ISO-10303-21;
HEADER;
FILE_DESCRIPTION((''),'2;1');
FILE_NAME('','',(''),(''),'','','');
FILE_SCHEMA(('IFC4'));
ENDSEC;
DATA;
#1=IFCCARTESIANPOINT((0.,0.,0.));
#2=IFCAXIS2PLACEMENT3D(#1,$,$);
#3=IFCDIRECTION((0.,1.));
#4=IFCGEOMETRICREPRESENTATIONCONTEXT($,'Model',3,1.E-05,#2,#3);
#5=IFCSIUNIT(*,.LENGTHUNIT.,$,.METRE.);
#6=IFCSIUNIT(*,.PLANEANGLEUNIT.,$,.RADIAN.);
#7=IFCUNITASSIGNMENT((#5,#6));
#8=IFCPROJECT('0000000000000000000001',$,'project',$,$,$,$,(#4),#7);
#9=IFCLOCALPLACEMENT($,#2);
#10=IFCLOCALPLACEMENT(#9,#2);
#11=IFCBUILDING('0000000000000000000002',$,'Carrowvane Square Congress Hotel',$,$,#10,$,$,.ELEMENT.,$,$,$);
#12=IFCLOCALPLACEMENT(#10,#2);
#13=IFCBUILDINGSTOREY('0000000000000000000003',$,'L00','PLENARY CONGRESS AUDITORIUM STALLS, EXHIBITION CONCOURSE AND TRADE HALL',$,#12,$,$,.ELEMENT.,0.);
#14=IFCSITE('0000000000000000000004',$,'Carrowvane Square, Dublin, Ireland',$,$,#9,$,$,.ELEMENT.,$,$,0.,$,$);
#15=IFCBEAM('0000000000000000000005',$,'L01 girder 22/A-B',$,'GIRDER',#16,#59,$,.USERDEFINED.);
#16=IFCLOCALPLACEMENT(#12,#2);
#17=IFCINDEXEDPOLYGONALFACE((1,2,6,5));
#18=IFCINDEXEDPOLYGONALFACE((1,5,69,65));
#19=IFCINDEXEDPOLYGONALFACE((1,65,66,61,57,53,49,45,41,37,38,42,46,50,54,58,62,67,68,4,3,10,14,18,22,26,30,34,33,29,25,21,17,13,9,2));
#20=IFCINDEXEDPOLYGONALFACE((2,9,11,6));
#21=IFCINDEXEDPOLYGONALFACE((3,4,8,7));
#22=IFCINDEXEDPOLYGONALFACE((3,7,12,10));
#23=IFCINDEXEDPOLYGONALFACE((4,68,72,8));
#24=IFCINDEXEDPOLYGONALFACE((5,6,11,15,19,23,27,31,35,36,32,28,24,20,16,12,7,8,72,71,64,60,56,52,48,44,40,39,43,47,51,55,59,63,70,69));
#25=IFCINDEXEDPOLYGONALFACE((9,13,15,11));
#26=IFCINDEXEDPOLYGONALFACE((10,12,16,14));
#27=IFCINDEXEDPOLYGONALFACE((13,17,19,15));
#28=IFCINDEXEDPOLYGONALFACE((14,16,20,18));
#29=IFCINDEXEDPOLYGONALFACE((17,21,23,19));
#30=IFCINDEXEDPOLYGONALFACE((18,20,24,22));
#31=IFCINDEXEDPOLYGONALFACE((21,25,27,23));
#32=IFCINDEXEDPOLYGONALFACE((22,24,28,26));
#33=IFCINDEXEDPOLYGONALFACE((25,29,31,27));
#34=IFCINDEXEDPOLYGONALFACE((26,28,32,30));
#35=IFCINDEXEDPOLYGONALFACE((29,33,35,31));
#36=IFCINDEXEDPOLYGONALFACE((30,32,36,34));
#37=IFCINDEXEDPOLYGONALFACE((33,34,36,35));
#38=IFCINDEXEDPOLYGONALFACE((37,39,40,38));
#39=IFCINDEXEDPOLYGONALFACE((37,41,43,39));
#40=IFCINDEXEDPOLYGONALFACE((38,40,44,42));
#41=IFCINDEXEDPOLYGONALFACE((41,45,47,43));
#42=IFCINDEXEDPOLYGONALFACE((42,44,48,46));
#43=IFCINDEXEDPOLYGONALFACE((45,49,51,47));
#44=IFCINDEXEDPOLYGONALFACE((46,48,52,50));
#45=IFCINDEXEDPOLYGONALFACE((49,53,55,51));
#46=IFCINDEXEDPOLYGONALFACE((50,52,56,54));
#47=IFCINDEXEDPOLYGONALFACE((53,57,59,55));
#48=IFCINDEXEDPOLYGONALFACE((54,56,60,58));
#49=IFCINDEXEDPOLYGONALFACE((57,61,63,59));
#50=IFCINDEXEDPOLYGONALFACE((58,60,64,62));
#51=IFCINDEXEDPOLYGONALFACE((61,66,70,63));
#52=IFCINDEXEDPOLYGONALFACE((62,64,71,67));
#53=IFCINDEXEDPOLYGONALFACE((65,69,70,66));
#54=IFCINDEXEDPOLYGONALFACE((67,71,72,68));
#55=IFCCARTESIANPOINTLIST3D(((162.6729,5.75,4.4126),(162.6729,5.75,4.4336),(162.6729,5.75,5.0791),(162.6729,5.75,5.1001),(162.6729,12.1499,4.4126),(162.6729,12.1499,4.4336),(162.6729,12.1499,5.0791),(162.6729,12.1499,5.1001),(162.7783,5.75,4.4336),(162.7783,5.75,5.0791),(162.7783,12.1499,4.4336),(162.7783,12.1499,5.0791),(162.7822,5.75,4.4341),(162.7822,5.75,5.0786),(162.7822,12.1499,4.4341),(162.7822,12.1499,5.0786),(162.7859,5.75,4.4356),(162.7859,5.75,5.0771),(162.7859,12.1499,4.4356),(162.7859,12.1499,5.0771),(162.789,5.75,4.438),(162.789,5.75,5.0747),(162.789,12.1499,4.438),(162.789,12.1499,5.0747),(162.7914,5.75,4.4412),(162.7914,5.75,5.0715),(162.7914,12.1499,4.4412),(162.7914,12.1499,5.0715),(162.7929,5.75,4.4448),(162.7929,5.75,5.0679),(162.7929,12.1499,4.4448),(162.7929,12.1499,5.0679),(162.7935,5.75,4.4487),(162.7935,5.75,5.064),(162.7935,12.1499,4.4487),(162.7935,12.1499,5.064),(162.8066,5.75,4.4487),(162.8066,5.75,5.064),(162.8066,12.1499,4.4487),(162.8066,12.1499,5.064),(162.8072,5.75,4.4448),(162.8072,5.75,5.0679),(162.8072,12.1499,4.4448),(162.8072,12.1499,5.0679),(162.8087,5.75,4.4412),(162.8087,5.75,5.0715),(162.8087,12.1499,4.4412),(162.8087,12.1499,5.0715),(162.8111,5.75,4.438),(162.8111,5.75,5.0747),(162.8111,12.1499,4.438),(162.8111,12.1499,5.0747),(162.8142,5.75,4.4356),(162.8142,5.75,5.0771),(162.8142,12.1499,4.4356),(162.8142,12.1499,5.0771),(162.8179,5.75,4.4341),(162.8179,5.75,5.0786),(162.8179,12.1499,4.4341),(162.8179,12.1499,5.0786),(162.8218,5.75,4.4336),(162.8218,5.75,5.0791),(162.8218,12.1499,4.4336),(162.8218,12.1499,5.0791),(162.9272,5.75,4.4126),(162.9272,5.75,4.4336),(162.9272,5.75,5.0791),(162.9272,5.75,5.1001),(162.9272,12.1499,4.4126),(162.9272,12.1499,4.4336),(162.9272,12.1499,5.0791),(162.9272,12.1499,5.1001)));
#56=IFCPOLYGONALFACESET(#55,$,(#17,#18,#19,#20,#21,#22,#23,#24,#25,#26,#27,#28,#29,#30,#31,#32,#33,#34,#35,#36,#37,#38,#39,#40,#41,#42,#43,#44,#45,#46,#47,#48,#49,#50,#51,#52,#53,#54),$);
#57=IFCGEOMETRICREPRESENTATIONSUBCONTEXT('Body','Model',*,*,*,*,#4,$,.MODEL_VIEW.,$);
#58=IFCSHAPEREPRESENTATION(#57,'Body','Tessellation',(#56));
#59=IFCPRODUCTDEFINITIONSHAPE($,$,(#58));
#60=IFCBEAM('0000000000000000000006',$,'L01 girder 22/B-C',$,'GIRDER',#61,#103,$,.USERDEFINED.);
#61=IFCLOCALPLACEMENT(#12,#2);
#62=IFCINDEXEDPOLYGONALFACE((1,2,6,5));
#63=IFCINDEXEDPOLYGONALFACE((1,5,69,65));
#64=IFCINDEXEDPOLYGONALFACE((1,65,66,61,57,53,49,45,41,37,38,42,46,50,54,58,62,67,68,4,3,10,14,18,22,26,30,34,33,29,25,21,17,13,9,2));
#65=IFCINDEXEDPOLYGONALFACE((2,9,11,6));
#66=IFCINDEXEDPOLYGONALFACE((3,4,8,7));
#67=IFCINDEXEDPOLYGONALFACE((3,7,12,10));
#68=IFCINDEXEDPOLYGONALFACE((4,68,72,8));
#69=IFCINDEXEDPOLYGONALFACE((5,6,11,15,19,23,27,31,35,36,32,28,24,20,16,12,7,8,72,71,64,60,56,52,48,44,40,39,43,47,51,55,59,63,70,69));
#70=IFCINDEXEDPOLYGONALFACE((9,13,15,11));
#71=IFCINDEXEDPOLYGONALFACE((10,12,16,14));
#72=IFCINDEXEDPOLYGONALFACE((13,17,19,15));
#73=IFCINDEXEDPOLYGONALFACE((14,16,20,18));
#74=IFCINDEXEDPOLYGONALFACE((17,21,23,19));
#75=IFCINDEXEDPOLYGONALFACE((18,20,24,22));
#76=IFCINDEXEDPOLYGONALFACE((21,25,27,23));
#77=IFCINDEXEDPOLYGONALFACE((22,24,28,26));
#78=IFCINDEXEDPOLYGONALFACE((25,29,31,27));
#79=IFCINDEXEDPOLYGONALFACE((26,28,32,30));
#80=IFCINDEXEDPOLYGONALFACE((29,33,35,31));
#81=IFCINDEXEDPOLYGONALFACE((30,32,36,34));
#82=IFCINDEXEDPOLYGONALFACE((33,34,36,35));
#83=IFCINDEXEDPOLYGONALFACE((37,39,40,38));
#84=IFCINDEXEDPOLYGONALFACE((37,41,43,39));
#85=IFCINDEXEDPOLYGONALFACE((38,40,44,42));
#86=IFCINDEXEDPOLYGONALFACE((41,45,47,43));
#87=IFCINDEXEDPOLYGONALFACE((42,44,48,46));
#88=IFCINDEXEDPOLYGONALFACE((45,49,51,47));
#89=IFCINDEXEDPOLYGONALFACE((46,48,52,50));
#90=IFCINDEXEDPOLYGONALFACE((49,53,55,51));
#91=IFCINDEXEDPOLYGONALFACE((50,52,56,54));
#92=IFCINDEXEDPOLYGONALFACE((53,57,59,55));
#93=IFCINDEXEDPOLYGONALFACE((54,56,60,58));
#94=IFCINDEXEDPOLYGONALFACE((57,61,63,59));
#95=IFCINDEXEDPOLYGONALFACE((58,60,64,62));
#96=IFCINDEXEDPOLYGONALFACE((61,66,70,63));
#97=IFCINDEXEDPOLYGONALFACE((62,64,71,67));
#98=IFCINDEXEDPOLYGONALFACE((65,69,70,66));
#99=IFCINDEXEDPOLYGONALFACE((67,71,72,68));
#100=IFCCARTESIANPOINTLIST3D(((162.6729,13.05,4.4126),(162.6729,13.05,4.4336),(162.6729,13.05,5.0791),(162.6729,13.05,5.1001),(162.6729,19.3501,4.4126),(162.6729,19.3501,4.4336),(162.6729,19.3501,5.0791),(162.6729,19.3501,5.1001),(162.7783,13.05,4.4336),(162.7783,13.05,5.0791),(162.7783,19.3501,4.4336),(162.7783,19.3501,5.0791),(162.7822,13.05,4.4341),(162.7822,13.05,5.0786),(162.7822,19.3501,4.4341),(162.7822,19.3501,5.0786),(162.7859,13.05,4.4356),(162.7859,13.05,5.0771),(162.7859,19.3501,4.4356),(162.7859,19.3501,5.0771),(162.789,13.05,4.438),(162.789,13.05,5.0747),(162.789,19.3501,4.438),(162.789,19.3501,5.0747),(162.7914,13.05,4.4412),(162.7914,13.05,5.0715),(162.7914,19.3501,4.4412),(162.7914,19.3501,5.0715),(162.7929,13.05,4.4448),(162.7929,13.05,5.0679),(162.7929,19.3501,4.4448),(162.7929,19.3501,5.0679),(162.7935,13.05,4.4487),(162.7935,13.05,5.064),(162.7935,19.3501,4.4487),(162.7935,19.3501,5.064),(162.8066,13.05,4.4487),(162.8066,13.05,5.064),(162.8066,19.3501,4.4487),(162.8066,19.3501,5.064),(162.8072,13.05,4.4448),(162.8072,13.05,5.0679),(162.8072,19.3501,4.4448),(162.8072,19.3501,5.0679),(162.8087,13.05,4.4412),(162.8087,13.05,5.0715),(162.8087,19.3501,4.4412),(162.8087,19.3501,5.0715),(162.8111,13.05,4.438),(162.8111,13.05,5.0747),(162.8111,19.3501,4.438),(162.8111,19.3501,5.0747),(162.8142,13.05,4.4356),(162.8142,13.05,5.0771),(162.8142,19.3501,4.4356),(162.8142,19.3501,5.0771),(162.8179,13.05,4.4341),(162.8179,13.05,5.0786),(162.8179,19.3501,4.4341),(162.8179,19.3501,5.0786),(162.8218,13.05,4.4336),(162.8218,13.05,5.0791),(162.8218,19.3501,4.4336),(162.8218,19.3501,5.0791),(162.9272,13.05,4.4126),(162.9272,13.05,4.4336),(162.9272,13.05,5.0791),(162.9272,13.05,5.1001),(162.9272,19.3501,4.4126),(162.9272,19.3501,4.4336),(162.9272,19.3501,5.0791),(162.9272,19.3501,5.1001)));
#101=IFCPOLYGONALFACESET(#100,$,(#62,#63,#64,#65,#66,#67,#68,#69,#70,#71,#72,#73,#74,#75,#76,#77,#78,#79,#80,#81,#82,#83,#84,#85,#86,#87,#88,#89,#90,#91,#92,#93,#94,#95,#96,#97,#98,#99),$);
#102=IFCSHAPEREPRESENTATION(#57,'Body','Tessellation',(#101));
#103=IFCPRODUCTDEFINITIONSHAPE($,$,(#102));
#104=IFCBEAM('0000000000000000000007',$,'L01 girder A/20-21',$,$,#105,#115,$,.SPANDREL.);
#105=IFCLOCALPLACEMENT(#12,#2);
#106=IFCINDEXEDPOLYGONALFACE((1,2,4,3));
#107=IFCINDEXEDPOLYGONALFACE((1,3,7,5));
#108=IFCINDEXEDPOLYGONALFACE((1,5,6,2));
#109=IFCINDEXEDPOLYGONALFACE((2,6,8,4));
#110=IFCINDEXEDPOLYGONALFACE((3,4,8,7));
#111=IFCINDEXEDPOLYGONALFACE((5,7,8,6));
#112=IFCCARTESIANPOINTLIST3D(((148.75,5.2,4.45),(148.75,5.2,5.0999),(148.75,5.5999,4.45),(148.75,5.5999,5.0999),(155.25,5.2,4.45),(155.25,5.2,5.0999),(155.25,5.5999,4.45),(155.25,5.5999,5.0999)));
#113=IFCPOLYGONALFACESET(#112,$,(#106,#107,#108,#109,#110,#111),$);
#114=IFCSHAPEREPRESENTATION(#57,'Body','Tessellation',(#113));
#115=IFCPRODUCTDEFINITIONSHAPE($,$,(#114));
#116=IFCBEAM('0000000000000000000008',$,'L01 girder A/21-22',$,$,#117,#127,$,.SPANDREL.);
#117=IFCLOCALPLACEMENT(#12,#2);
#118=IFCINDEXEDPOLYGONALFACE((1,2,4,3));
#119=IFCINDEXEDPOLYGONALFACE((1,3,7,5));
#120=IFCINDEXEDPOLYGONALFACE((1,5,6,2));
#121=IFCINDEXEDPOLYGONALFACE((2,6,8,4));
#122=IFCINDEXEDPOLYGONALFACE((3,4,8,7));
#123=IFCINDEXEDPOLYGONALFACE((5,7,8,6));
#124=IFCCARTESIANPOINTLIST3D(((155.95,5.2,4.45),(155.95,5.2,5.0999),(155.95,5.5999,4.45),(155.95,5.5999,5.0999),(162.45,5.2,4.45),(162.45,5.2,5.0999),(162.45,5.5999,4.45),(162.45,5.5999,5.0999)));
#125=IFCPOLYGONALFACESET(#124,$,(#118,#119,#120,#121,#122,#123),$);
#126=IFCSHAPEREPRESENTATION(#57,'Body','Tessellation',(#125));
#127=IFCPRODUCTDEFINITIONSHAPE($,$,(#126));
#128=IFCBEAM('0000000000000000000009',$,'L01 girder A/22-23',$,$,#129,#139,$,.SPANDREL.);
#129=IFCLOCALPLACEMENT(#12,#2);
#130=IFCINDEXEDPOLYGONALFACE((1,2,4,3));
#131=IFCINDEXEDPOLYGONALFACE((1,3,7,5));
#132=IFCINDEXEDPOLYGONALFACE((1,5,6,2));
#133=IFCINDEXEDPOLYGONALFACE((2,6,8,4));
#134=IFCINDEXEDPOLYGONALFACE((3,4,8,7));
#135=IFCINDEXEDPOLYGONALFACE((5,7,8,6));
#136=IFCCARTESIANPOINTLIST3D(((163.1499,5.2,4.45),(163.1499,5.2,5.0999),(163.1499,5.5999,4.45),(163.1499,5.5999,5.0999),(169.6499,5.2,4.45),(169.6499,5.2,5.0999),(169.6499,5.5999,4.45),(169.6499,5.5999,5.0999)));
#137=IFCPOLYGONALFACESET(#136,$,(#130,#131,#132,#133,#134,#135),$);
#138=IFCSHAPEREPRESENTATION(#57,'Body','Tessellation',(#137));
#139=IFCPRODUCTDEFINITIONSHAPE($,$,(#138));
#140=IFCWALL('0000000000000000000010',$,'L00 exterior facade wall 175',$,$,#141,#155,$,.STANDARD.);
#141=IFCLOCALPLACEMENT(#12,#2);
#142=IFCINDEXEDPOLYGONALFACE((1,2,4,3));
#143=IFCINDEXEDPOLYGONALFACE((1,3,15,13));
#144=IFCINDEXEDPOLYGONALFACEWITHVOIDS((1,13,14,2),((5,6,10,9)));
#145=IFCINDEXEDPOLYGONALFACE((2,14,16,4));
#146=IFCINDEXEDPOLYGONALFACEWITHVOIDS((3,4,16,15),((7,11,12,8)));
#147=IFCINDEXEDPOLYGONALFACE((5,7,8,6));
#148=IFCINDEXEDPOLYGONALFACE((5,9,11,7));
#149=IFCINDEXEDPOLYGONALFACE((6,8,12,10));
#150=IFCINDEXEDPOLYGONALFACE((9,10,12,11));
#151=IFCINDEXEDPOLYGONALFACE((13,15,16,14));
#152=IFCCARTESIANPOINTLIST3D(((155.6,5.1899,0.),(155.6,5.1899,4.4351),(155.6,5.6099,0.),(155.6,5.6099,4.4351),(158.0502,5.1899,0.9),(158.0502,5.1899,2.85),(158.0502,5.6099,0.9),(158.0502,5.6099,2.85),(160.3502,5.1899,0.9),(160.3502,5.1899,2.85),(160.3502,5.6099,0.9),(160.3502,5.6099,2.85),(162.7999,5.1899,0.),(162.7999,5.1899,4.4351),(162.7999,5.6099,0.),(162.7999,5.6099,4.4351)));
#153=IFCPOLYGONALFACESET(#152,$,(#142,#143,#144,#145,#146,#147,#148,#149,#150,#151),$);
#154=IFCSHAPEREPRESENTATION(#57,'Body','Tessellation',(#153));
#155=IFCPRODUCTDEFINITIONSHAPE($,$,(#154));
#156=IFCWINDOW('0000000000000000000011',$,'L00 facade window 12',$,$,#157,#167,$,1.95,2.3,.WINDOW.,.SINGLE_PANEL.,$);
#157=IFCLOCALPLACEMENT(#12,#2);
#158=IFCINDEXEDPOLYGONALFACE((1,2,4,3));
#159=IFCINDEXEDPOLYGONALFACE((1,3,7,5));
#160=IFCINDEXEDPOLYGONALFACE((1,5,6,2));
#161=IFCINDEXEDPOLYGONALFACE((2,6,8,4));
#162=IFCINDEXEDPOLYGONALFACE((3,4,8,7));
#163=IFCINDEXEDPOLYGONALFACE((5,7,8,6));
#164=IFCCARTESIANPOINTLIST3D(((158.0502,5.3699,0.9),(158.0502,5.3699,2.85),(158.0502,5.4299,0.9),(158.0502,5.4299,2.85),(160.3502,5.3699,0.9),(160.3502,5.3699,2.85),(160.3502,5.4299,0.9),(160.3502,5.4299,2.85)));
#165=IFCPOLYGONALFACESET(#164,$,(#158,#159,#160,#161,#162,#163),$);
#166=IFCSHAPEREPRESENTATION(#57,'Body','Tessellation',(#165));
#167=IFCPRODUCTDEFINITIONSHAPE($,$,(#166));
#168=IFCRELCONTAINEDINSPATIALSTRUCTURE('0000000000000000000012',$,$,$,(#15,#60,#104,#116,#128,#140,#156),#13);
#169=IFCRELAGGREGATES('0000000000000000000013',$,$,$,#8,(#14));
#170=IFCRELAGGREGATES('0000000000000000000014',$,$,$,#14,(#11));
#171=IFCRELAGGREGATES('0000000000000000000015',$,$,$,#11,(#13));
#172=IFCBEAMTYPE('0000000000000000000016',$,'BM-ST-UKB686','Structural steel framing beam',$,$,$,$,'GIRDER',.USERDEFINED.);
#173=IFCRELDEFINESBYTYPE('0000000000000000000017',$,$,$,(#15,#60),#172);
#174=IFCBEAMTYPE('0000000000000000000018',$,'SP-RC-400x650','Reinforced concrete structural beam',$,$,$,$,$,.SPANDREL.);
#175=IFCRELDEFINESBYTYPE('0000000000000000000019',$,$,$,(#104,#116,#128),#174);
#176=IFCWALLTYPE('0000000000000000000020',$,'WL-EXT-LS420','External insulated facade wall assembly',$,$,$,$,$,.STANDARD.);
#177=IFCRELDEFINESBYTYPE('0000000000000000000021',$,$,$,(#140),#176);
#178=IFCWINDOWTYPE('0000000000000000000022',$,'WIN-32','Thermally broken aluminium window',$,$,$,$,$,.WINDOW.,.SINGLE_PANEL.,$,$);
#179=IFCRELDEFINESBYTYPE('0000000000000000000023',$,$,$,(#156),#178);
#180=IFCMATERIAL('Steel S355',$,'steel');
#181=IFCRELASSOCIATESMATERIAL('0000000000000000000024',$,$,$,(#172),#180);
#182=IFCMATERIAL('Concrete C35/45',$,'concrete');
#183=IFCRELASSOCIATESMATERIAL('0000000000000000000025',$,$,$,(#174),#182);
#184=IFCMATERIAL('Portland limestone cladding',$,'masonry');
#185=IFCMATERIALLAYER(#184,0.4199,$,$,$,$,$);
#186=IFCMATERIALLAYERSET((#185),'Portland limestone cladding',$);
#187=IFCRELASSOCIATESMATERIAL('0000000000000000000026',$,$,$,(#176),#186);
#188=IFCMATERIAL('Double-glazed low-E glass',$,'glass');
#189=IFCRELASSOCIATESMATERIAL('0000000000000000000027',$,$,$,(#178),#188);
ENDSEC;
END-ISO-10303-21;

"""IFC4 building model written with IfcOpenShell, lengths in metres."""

from ifc_helpers import new_model, si_unit, direction, frame, frame_2d, origin, origin_2d, place, context, subcontext, project, spatial, rectangle, i_section, extrude, material, layer, layer_set, material_profile, profile_set, type_object, element, fill, save


model = new_model("IFC4")

# Units and contexts
model_context = context("Model", 3, precision=1e-05, world=origin(), true_north=direction((0.0, 1.0)))
body_context = subcontext(model_context, "Body", "Model", "MODEL_VIEW")
ifc_project = project(units=[si_unit("LENGTHUNIT", "METRE"), si_unit("PLANEANGLEUNIT", "RADIAN")], contexts=[model_context])

# Site, building, storey
site_placement = place(None, origin())
site = spatial("IfcSite", under=ifc_project, at=site_placement, Name="Carrowvane Square, Dublin, Ireland", CompositionType="ELEMENT", RefElevation=0.0)
building_placement = place(site_placement, origin())
building = spatial("IfcBuilding", under=site, at=building_placement, Name="Carrowvane Square Congress Hotel", CompositionType="ELEMENT")
storey_placement = place(building_placement, origin())
storey = spatial("IfcBuildingStorey", under=building, at=storey_placement, Name="L00", Description="PLENARY CONGRESS AUDITORIUM STALLS, EXHIBITION CONCOURSE AND TRADE HALL", CompositionType="ELEMENT", Elevation=0.0)

# Beams
ifc_material_1 = material(Name="Steel S355", Category="steel")
ifc_material_profile_1 = material_profile(ifc_material_1, i_section(OverallWidth=0.2544, OverallDepth=0.6875, WebThickness=0.0132, FlangeThickness=0.021, FilletRadius=0.0151, at=origin_2d()), Name="UKB 686x254x152")
ifc_profile_set_1 = profile_set([ifc_material_profile_1], Name="Steel S355")
beam_type_1 = type_object("IfcBeamType", Name="BM-ST-UKB686", Description="Structural steel framing beam", ElementType="GIRDER", PredefinedType="USERDEFINED", material=ifc_profile_set_1)
beam_1_placement = place(storey_placement, frame((162.8, 5.75, 4.7563), z_axis=(0.0, 1.0, 0.0), x_axis=(-1.0, 0.0, 0.0)))
element("IfcBeam", 1, at=beam_1_placement, inside=storey, type_object=beam_type_1, Name="L01 girder 22/A-B", ObjectType="GIRDER", PredefinedType="USERDEFINED", context=body_context, shape_type="SweptSolid", body=[
    extrude(i_section(OverallWidth=0.2544, OverallDepth=0.6875, WebThickness=0.0132, FlangeThickness=0.021, FilletRadius=0.0151, at=origin_2d()), origin(), (0.0, 0.0, 1.0), 6.3999),
])
beam_2_placement = place(storey_placement, frame((162.8, 13.05, 4.7563), z_axis=(0.0, 1.0, 0.0), x_axis=(-1.0, 0.0, 0.0)))
element("IfcBeam", 2, at=beam_2_placement, inside=storey, type_object=beam_type_1, Name="L01 girder 22/B-C", ObjectType="GIRDER", PredefinedType="USERDEFINED", context=body_context, shape_type="SweptSolid", body=[
    extrude(i_section(OverallWidth=0.2544, OverallDepth=0.6875, WebThickness=0.0132, FlangeThickness=0.021, FilletRadius=0.0151, at=origin_2d()), origin(), (0.0, 0.0, 1.0), 6.3),
])
ifc_material_2 = material(Name="Concrete C35/45", Category="concrete")
ifc_material_profile_2 = material_profile(ifc_material_2, rectangle(XDim=0.3999, YDim=0.6499, at=origin_2d()), Name="RC 400x650")
ifc_profile_set_2 = profile_set([ifc_material_profile_2], Name="Concrete C35/45")
beam_type_2 = type_object("IfcBeamType", Name="SP-RC-400x650", Description="Reinforced concrete structural beam", PredefinedType="SPANDREL", material=ifc_profile_set_2)
for number, where, z_axis, x_axis, name in (
    (3, (148.75, 5.3999, 4.7749), (1.0, 0.0, 0.0), (0.0, 1.0, 0.0), "L01 girder A/20-21"),
    (4, (155.95, 5.3999, 4.7749), (1.0, 0.0, 0.0), (0.0, 1.0, 0.0), "L01 girder A/21-22"),
    (5, (163.1499, 5.3999, 4.7749), (1.0, 0.0, 0.0), (0.0, 1.0, 0.0), "L01 girder A/22-23"),
):
    element("IfcBeam", number, at=place(storey_placement, frame(where, z_axis=z_axis, x_axis=x_axis)), inside=storey, type_object=beam_type_2, Name=name, PredefinedType="SPANDREL", context=body_context, shape_type="SweptSolid", body=[
        extrude(rectangle(XDim=0.3999, YDim=0.6499, at=origin_2d()), origin(), (0.0, 0.0, 1.0), 6.5),
    ])

# Wall, opening, window
ifc_material_3 = material(Name="Portland limestone cladding", Category="masonry")
ifc_layer_1 = layer(ifc_material_3, 0.4199)
ifc_layer_set_1 = layer_set([ifc_layer_1], Name="Portland limestone cladding")
wall_type_1 = type_object("IfcWallType", Name="WL-EXT-LS420", Description="External insulated facade wall assembly", PredefinedType="STANDARD", material=ifc_layer_set_1)
wall_1_placement = place(storey_placement, frame((162.8, 5.3999, 0.0), z_axis=(0.0, 0.0, 1.0), x_axis=(-1.0, 0.0, 0.0)))
wall_1 = element("IfcWall", 6, at=wall_1_placement, inside=storey, type_object=wall_type_1, Name="L00 exterior facade wall 175", PredefinedType="STANDARD", context=body_context, shape_type="SweptSolid", body=[
    extrude(rectangle(XDim=7.2, YDim=0.4199, at=frame_2d((3.6001, 0.0))), origin(), (0.0, 0.0, 1.0), 4.4351),
])
opening_1_placement = place(wall_1_placement, frame((2.45, 0.0, 0.8999)))
opening_1 = element("IfcOpeningElement", 7, at=opening_1_placement, cuts=wall_1, PredefinedType="OPENING", context=body_context, shape_type="SweptSolid", body=[
    extrude(rectangle(XDim=2.3, YDim=1.95, at=frame_2d((1.1499, 0.9751))), frame((0.0, 0.22, 0.0), z_axis=(0.0, -1.0, 0.0), x_axis=(1.0, 0.0, 0.0)), (0.0, 0.0, 1.0), 0.4399),
])
ifc_material_4 = material(Name="Double-glazed low-E glass", Category="glass")
window_type = type_object("IfcWindowType", Name="WIN-32", Description="Thermally broken aluminium window", PartitioningType="SINGLE_PANEL", PredefinedType="WINDOW", material=ifc_material_4)
window_placement = place(opening_1_placement, origin())
window = element("IfcWindow", 8, at=window_placement, inside=storey, type_object=window_type, Name="L00 facade window 12", OverallHeight=1.95, OverallWidth=2.3, PartitioningType="SINGLE_PANEL", PredefinedType="WINDOW", context=body_context, shape_type="SweptSolid", body=[
    extrude(rectangle(XDim=2.3, YDim=1.95, at=frame_2d((1.1499, 0.9751))), frame((0.0, 0.03, 0.0), z_axis=(0.0, -1.0, 0.0), x_axis=(1.0, 0.0, 0.0)), (0.0, 0.0, 1.0), 0.0601),
])
fill(opening_1, window)

save(model, "model.ifc")
